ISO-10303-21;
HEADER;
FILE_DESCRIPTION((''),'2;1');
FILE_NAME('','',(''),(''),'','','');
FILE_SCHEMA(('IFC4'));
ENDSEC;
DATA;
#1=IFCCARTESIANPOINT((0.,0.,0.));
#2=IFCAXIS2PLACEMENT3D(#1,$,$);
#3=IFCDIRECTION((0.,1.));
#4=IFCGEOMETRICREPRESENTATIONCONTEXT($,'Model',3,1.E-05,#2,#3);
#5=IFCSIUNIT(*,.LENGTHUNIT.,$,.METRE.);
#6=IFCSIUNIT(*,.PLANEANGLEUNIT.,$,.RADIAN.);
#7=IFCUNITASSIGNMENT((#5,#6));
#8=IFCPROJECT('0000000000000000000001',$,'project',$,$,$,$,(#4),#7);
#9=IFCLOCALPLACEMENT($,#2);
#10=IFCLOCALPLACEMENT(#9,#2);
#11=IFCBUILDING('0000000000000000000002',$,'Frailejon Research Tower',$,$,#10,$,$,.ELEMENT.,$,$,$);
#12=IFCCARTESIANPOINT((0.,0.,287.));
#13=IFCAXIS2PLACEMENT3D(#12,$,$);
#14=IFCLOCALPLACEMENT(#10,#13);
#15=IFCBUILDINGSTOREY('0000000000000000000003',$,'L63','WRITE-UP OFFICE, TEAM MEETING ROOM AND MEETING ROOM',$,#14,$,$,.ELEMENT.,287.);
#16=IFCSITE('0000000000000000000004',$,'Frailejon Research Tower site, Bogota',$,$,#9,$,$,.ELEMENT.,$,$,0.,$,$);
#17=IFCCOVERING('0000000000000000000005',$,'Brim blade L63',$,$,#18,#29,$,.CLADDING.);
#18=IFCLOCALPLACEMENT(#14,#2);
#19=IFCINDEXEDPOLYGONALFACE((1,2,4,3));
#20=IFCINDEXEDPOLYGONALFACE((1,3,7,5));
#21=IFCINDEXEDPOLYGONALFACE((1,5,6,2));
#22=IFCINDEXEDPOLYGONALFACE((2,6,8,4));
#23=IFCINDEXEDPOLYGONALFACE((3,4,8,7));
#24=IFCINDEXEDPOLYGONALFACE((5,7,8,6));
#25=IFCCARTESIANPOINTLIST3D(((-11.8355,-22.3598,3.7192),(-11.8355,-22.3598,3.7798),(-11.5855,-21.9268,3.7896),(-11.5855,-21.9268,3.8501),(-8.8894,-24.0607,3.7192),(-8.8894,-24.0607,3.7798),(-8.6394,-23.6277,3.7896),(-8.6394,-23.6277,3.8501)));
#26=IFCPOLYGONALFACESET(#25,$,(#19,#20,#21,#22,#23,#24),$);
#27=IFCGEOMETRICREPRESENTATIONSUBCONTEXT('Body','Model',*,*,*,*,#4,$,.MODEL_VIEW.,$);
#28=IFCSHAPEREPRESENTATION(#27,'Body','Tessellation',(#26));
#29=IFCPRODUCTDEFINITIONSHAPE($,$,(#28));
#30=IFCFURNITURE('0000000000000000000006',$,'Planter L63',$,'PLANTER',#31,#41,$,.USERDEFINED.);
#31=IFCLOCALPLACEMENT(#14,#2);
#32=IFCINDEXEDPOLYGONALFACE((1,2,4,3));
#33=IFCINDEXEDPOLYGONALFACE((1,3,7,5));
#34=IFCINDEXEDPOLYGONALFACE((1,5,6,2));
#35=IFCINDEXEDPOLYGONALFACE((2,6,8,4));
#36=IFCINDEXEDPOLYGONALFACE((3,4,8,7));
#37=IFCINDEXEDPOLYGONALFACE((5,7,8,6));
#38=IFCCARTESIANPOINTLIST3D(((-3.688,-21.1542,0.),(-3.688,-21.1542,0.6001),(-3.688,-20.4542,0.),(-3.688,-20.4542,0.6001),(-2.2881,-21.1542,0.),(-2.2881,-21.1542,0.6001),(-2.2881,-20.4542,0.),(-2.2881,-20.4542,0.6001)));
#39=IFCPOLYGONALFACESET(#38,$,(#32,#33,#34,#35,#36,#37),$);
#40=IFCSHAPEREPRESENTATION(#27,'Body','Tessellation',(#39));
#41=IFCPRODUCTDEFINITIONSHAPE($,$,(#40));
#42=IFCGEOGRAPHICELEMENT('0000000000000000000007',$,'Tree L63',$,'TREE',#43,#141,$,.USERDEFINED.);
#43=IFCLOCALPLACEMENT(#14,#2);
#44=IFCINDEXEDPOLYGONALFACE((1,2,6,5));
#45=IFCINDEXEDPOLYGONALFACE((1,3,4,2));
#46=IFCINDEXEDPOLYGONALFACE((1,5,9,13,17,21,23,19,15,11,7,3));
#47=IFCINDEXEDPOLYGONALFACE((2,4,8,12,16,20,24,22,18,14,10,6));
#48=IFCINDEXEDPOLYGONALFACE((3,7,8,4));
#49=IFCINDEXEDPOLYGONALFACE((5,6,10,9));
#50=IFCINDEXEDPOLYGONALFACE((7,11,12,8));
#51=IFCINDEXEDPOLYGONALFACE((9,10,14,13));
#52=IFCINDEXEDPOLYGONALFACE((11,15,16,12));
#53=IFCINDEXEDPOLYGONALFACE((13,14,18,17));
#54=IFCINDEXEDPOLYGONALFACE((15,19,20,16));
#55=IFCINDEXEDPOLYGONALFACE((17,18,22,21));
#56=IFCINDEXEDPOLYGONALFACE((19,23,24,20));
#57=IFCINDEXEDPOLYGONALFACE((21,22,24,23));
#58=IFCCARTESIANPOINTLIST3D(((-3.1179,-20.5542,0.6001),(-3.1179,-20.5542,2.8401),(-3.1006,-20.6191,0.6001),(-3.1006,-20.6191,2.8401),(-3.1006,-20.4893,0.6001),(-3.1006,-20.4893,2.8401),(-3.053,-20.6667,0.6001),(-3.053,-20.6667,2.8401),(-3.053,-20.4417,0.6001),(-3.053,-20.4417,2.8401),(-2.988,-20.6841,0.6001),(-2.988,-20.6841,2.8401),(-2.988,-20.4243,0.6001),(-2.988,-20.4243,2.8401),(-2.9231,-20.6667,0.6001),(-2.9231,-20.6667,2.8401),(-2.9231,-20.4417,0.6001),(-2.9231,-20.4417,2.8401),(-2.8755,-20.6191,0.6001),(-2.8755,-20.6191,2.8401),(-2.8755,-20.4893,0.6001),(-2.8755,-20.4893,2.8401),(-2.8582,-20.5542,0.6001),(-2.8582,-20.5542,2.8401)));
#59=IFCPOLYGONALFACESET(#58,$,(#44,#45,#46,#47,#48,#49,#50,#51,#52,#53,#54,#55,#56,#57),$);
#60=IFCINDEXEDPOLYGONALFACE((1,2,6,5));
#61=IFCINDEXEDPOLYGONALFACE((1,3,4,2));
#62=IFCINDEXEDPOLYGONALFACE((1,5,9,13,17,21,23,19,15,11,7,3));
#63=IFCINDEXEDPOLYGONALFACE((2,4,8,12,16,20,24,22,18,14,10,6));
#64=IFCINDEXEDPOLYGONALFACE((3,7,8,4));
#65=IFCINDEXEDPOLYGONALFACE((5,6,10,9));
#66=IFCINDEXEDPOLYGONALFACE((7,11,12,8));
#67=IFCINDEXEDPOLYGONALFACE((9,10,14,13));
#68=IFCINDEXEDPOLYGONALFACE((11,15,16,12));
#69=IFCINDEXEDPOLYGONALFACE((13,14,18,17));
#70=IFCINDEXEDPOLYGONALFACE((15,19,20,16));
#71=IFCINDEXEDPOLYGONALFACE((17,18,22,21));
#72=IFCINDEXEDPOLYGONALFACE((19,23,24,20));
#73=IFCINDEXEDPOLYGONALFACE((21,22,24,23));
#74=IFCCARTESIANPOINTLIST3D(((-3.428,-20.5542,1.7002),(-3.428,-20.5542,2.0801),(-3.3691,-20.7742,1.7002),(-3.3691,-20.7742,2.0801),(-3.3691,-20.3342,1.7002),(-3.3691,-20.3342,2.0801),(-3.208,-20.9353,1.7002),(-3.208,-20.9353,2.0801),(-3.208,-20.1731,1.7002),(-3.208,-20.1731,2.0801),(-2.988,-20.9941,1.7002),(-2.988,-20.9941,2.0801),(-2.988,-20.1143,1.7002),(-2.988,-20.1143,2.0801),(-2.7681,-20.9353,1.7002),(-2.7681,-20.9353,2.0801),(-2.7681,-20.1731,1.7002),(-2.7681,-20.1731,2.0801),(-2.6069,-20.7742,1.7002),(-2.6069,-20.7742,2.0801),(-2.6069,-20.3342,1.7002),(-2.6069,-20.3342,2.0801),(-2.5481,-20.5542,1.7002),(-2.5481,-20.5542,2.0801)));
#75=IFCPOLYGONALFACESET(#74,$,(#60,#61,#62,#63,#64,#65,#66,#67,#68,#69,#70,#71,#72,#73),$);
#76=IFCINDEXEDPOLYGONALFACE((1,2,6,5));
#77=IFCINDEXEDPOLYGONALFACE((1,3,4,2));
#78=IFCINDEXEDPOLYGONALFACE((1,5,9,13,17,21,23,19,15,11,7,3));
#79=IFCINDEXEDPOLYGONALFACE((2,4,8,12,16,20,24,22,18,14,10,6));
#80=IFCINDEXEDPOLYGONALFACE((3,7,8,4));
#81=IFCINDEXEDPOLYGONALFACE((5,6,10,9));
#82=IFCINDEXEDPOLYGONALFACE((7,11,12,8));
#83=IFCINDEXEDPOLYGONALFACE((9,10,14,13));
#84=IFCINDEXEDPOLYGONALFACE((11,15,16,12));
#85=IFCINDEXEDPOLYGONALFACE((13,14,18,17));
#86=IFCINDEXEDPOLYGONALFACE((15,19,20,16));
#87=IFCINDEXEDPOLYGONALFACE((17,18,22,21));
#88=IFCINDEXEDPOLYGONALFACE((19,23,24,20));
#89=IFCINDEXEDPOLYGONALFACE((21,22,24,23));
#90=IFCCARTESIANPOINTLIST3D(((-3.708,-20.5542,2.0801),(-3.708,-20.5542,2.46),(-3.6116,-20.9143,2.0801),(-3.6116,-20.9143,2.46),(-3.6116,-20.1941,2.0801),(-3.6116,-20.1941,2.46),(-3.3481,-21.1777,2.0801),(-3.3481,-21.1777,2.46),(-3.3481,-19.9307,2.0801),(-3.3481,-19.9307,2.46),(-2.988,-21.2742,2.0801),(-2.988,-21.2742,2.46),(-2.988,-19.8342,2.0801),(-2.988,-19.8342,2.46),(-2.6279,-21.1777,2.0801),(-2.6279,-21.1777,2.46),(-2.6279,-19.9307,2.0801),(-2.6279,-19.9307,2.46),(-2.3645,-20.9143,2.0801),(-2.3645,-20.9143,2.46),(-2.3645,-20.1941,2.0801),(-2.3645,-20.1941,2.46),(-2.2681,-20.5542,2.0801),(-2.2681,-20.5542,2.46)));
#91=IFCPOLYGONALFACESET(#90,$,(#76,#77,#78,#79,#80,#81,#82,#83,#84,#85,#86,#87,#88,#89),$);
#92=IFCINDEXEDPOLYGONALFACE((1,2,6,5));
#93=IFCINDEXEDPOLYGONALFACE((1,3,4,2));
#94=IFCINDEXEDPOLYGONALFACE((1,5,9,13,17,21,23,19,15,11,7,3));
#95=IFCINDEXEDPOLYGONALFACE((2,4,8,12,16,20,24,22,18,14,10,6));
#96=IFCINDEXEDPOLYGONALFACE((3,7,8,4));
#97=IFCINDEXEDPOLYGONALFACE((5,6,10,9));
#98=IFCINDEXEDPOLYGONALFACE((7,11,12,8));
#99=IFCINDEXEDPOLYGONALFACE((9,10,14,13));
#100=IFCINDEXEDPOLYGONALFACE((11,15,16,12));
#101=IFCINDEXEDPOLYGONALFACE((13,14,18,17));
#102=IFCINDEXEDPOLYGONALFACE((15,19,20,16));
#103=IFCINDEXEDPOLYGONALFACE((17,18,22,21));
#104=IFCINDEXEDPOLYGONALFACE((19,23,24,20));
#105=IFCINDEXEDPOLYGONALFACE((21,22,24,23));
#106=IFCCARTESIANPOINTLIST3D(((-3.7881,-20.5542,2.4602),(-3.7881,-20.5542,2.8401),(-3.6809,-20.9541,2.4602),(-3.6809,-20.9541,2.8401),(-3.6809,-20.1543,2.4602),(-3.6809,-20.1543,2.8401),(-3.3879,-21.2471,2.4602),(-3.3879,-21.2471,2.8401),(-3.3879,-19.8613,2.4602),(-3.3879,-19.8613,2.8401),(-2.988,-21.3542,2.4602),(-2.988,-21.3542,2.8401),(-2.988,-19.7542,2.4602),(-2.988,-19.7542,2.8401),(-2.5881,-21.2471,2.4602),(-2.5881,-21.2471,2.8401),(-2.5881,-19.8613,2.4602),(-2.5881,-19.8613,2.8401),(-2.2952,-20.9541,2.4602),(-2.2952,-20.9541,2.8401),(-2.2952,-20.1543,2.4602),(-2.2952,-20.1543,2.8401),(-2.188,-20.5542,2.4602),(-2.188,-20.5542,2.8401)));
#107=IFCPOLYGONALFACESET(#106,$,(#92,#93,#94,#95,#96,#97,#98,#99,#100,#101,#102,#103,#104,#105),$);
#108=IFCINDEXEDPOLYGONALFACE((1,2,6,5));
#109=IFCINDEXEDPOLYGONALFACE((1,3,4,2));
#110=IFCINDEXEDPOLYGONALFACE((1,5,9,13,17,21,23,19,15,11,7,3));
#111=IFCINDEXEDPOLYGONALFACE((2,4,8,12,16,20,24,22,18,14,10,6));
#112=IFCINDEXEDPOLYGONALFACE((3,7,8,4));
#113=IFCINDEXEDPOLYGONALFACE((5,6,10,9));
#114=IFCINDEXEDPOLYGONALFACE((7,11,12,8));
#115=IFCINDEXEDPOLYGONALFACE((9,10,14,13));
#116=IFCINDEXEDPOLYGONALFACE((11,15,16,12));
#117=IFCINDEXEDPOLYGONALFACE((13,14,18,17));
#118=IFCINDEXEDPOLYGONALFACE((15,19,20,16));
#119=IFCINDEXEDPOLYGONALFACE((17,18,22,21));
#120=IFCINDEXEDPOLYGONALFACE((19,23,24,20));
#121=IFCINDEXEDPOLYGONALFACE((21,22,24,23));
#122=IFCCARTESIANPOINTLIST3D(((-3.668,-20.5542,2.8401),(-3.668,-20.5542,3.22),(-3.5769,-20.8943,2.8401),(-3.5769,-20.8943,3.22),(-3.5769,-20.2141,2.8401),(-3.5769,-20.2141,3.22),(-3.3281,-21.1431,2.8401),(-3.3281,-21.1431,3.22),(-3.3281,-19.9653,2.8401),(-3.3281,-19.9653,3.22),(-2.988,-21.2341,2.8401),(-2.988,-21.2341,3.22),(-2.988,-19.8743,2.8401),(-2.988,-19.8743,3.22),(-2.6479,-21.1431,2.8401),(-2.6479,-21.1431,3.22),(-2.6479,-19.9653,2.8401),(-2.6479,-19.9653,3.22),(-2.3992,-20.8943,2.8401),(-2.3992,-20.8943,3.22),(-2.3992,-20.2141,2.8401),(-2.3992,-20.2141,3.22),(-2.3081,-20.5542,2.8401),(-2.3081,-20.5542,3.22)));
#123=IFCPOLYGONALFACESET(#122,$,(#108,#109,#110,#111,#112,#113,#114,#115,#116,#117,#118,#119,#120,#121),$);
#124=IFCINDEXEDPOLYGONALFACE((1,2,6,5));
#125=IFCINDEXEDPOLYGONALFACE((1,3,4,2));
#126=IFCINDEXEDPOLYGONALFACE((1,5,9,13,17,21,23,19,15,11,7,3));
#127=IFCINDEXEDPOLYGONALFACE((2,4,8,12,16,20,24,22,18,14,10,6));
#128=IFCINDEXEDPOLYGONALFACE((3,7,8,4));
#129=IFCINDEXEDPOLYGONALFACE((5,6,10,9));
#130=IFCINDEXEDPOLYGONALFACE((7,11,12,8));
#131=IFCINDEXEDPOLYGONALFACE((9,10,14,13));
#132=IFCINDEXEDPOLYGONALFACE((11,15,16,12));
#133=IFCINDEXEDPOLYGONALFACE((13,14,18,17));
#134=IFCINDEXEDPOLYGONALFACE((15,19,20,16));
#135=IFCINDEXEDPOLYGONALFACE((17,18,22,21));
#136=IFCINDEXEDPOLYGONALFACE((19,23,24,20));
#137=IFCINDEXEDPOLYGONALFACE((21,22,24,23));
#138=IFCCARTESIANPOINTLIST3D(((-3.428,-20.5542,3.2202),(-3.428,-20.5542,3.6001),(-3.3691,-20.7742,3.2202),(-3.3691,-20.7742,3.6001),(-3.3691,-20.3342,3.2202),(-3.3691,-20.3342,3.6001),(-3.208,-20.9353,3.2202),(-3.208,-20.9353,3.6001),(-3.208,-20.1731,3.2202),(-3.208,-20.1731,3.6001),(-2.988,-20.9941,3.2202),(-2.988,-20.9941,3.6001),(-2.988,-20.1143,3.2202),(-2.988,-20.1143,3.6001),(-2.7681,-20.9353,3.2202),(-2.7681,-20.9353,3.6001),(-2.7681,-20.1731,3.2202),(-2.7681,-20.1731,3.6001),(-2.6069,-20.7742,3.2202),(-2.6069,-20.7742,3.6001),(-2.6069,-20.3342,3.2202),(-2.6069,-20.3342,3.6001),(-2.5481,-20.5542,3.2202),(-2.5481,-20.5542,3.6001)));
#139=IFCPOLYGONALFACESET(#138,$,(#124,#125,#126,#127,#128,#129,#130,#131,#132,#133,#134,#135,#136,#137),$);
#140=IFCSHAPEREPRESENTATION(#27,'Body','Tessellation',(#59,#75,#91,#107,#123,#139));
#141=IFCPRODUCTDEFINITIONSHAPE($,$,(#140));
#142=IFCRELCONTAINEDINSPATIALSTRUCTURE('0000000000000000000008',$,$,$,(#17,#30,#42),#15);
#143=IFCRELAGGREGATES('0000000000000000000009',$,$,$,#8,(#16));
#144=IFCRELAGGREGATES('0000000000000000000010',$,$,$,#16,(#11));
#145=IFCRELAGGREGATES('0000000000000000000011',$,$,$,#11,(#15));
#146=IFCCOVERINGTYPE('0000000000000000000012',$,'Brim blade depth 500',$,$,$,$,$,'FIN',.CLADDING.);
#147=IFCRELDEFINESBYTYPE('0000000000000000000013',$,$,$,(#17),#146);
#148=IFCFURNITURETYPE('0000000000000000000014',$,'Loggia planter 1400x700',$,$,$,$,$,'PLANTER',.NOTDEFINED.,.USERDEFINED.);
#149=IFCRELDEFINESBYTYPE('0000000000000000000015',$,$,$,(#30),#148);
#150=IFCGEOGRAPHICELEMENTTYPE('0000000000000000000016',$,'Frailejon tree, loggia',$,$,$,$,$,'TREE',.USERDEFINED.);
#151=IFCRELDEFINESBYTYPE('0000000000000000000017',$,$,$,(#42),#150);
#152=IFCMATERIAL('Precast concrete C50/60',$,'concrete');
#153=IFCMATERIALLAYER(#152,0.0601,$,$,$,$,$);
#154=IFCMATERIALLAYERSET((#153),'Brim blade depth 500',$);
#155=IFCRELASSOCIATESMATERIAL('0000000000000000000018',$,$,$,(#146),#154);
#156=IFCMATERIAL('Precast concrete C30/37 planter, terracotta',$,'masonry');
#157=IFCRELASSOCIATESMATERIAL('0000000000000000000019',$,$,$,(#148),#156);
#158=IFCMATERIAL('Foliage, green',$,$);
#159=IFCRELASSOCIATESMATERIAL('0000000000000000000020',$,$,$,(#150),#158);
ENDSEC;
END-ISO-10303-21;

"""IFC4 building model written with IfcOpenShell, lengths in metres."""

from ifc_helpers import new_model, si_unit, direction, frame, origin, origin_2d, place, context, subcontext, project, spatial, polyline, rectangle, outline, extrude, material, layer, layer_set, type_object, element, save


model = new_model("IFC4")

# Units and contexts
model_context = context("Model", 3, precision=1e-05, world=origin(), true_north=direction((0.0, 1.0)))
body_context = subcontext(model_context, "Body", "Model", "MODEL_VIEW")
ifc_project = project(units=[si_unit("LENGTHUNIT", "METRE"), si_unit("PLANEANGLEUNIT", "RADIAN")], contexts=[model_context])

# Site, building, storey
site_placement = place(None, origin())
site = spatial("IfcSite", under=ifc_project, at=site_placement, Name="Frailejon Research Tower site, Bogota", CompositionType="ELEMENT", RefElevation=0.0)
building_placement = place(site_placement, origin())
building = spatial("IfcBuilding", under=site, at=building_placement, Name="Frailejon Research Tower", CompositionType="ELEMENT")
storey_placement = place(building_placement, frame((0.0, 0.0, 287.0)))
storey = spatial("IfcBuildingStorey", under=building, at=storey_placement, Name="L63", Description="WRITE-UP OFFICE, TEAM MEETING ROOM AND MEETING ROOM", CompositionType="ELEMENT", Elevation=287.0)

# Covering
ifc_material_1 = material(Name="Precast concrete C50/60", Category="concrete")
ifc_layer_1 = layer(ifc_material_1, 0.0601)
ifc_layer_set_1 = layer_set([ifc_layer_1], Name="Brim blade depth 500")
covering_type_1 = type_object("IfcCoveringType", Name="Brim blade depth 500", ElementType="FIN", PredefinedType="CLADDING", material=ifc_layer_set_1)
covering_placement = place(storey_placement, frame((-8.6394, -23.6277, 3.8501), z_axis=(-0.866036, 0.499981, 0.0), x_axis=(-0.499981, -0.866036, 0.0)))
element("IfcCovering", 1, at=covering_placement, inside=storey, type_object=covering_type_1, Name="Brim blade L63", PredefinedType="CLADDING", context=body_context, shape_type="SweptSolid", body=[
    extrude(outline(polyline([(0.0, -0.0605), (0.5, -0.1309), (0.5, -0.0703), (0.0, 0.0), (0.0, -0.0605)])), origin(), (0.0, 0.0, 1.0), 3.4019),
])

# Furniture
ifc_material_2 = material(Name="Precast concrete C30/37 planter, terracotta", Category="masonry")
furniture_type = type_object("IfcFurnitureType", Name="Loggia planter 1400x700", ElementType="PLANTER", AssemblyPlace="NOTDEFINED", PredefinedType="USERDEFINED", material=ifc_material_2)
furniture_placement = place(storey_placement, frame((-2.988, -20.8042, 0.0), z_axis=(0.0, 0.0, 1.0), x_axis=(1.0, 0.0, 0.0)))
element("IfcFurniture", 2, at=furniture_placement, inside=storey, type_object=furniture_type, Name="Planter L63", ObjectType="PLANTER", PredefinedType="USERDEFINED", context=body_context, shape_type="SweptSolid", body=[
    extrude(rectangle(XDim=1.3999, YDim=0.7, at=origin_2d()), origin(), (0.0, 0.0, 1.0), 0.6001),
])

# Geographic element
ifc_material_3 = material(Name="Foliage, green")
geographic_element_type = type_object("IfcGeographicElementType", Name="Frailejon tree, loggia", ElementType="TREE", PredefinedType="USERDEFINED", material=ifc_material_3)
geographic_element_placement = place(storey_placement, frame((-2.988, -20.5542, 0.6001)))
element("IfcGeographicElement", 3, at=geographic_element_placement, inside=storey, type_object=geographic_element_type, Name="Tree L63", ObjectType="TREE", PredefinedType="USERDEFINED", context=body_context, shape_type="SweptSolid", body=[
    extrude(outline(polyline([(0.1299, 0.0), (0.1125, 0.0649), (0.0649, 0.1125), (0.0, 0.1299), (-0.0649, 0.1125), (-0.1125, 0.0649), (-0.1299, 0.0), (-0.1125, -0.0649), (-0.0649, -0.1125), (0.0, -0.1299), (0.0649, -0.1125), (0.1125, -0.0649), (0.1299, 0.0)])), origin(), (0.0, 0.0, 1.0), 2.24),
    extrude(outline(polyline([(0.4399, 0.0), (0.3811, 0.22), (0.22, 0.3811), (0.0, 0.4399), (-0.22, 0.3811), (-0.3811, 0.22), (-0.4399, 0.0), (-0.3811, -0.22), (-0.22, -0.3811), (0.0, -0.4399), (0.22, -0.3811), (0.3811, -0.22), (0.4399, 0.0)])), frame((0.0, 0.0, 1.1001)), (0.0, 0.0, 1.0), 0.3799),
    extrude(outline(polyline([(0.72, 0.0), (0.6235, 0.3601), (0.3601, 0.6235), (0.0, 0.72), (-0.3601, 0.6235), (-0.6235, 0.3601), (-0.72, 0.0), (-0.6235, -0.3601), (-0.3601, -0.6235), (0.0, -0.72), (0.3601, -0.6235), (0.6235, -0.3601), (0.72, 0.0)])), frame((0.0, 0.0, 1.48)), (0.0, 0.0, 1.0), 0.3799),
    extrude(outline(polyline([(0.8, 0.0), (0.6929, 0.3999), (0.3999, 0.6929), (0.0, 0.8), (-0.3999, 0.6929), (-0.6929, 0.3999), (-0.8, 0.0), (-0.6929, -0.3999), (-0.3999, -0.6929), (0.0, -0.8), (0.3999, -0.6929), (0.6929, -0.3999), (0.8, 0.0)])), frame((0.0, 0.0, 1.8601)), (0.0, 0.0, 1.0), 0.3799),
    extrude(outline(polyline([(0.6799, 0.0), (0.5889, 0.3401), (0.3401, 0.5889), (0.0, 0.6799), (-0.3401, 0.5889), (-0.5889, 0.3401), (-0.6799, 0.0), (-0.5889, -0.3401), (-0.3401, -0.5889), (0.0, -0.6799), (0.3401, -0.5889), (0.5889, -0.3401), (0.6799, 0.0)])), frame((0.0, 0.0, 2.24)), (0.0, 0.0, 1.0), 0.3799),
    extrude(outline(polyline([(0.4399, 0.0), (0.3811, 0.22), (0.22, 0.3811), (0.0, 0.4399), (-0.22, 0.3811), (-0.3811, 0.22), (-0.4399, 0.0), (-0.3811, -0.22), (-0.22, -0.3811), (0.0, -0.4399), (0.22, -0.3811), (0.3811, -0.22), (0.4399, 0.0)])), frame((0.0, 0.0, 2.6201)), (0.0, 0.0, 1.0), 0.3799),
])

save(model, "model.ifc")
